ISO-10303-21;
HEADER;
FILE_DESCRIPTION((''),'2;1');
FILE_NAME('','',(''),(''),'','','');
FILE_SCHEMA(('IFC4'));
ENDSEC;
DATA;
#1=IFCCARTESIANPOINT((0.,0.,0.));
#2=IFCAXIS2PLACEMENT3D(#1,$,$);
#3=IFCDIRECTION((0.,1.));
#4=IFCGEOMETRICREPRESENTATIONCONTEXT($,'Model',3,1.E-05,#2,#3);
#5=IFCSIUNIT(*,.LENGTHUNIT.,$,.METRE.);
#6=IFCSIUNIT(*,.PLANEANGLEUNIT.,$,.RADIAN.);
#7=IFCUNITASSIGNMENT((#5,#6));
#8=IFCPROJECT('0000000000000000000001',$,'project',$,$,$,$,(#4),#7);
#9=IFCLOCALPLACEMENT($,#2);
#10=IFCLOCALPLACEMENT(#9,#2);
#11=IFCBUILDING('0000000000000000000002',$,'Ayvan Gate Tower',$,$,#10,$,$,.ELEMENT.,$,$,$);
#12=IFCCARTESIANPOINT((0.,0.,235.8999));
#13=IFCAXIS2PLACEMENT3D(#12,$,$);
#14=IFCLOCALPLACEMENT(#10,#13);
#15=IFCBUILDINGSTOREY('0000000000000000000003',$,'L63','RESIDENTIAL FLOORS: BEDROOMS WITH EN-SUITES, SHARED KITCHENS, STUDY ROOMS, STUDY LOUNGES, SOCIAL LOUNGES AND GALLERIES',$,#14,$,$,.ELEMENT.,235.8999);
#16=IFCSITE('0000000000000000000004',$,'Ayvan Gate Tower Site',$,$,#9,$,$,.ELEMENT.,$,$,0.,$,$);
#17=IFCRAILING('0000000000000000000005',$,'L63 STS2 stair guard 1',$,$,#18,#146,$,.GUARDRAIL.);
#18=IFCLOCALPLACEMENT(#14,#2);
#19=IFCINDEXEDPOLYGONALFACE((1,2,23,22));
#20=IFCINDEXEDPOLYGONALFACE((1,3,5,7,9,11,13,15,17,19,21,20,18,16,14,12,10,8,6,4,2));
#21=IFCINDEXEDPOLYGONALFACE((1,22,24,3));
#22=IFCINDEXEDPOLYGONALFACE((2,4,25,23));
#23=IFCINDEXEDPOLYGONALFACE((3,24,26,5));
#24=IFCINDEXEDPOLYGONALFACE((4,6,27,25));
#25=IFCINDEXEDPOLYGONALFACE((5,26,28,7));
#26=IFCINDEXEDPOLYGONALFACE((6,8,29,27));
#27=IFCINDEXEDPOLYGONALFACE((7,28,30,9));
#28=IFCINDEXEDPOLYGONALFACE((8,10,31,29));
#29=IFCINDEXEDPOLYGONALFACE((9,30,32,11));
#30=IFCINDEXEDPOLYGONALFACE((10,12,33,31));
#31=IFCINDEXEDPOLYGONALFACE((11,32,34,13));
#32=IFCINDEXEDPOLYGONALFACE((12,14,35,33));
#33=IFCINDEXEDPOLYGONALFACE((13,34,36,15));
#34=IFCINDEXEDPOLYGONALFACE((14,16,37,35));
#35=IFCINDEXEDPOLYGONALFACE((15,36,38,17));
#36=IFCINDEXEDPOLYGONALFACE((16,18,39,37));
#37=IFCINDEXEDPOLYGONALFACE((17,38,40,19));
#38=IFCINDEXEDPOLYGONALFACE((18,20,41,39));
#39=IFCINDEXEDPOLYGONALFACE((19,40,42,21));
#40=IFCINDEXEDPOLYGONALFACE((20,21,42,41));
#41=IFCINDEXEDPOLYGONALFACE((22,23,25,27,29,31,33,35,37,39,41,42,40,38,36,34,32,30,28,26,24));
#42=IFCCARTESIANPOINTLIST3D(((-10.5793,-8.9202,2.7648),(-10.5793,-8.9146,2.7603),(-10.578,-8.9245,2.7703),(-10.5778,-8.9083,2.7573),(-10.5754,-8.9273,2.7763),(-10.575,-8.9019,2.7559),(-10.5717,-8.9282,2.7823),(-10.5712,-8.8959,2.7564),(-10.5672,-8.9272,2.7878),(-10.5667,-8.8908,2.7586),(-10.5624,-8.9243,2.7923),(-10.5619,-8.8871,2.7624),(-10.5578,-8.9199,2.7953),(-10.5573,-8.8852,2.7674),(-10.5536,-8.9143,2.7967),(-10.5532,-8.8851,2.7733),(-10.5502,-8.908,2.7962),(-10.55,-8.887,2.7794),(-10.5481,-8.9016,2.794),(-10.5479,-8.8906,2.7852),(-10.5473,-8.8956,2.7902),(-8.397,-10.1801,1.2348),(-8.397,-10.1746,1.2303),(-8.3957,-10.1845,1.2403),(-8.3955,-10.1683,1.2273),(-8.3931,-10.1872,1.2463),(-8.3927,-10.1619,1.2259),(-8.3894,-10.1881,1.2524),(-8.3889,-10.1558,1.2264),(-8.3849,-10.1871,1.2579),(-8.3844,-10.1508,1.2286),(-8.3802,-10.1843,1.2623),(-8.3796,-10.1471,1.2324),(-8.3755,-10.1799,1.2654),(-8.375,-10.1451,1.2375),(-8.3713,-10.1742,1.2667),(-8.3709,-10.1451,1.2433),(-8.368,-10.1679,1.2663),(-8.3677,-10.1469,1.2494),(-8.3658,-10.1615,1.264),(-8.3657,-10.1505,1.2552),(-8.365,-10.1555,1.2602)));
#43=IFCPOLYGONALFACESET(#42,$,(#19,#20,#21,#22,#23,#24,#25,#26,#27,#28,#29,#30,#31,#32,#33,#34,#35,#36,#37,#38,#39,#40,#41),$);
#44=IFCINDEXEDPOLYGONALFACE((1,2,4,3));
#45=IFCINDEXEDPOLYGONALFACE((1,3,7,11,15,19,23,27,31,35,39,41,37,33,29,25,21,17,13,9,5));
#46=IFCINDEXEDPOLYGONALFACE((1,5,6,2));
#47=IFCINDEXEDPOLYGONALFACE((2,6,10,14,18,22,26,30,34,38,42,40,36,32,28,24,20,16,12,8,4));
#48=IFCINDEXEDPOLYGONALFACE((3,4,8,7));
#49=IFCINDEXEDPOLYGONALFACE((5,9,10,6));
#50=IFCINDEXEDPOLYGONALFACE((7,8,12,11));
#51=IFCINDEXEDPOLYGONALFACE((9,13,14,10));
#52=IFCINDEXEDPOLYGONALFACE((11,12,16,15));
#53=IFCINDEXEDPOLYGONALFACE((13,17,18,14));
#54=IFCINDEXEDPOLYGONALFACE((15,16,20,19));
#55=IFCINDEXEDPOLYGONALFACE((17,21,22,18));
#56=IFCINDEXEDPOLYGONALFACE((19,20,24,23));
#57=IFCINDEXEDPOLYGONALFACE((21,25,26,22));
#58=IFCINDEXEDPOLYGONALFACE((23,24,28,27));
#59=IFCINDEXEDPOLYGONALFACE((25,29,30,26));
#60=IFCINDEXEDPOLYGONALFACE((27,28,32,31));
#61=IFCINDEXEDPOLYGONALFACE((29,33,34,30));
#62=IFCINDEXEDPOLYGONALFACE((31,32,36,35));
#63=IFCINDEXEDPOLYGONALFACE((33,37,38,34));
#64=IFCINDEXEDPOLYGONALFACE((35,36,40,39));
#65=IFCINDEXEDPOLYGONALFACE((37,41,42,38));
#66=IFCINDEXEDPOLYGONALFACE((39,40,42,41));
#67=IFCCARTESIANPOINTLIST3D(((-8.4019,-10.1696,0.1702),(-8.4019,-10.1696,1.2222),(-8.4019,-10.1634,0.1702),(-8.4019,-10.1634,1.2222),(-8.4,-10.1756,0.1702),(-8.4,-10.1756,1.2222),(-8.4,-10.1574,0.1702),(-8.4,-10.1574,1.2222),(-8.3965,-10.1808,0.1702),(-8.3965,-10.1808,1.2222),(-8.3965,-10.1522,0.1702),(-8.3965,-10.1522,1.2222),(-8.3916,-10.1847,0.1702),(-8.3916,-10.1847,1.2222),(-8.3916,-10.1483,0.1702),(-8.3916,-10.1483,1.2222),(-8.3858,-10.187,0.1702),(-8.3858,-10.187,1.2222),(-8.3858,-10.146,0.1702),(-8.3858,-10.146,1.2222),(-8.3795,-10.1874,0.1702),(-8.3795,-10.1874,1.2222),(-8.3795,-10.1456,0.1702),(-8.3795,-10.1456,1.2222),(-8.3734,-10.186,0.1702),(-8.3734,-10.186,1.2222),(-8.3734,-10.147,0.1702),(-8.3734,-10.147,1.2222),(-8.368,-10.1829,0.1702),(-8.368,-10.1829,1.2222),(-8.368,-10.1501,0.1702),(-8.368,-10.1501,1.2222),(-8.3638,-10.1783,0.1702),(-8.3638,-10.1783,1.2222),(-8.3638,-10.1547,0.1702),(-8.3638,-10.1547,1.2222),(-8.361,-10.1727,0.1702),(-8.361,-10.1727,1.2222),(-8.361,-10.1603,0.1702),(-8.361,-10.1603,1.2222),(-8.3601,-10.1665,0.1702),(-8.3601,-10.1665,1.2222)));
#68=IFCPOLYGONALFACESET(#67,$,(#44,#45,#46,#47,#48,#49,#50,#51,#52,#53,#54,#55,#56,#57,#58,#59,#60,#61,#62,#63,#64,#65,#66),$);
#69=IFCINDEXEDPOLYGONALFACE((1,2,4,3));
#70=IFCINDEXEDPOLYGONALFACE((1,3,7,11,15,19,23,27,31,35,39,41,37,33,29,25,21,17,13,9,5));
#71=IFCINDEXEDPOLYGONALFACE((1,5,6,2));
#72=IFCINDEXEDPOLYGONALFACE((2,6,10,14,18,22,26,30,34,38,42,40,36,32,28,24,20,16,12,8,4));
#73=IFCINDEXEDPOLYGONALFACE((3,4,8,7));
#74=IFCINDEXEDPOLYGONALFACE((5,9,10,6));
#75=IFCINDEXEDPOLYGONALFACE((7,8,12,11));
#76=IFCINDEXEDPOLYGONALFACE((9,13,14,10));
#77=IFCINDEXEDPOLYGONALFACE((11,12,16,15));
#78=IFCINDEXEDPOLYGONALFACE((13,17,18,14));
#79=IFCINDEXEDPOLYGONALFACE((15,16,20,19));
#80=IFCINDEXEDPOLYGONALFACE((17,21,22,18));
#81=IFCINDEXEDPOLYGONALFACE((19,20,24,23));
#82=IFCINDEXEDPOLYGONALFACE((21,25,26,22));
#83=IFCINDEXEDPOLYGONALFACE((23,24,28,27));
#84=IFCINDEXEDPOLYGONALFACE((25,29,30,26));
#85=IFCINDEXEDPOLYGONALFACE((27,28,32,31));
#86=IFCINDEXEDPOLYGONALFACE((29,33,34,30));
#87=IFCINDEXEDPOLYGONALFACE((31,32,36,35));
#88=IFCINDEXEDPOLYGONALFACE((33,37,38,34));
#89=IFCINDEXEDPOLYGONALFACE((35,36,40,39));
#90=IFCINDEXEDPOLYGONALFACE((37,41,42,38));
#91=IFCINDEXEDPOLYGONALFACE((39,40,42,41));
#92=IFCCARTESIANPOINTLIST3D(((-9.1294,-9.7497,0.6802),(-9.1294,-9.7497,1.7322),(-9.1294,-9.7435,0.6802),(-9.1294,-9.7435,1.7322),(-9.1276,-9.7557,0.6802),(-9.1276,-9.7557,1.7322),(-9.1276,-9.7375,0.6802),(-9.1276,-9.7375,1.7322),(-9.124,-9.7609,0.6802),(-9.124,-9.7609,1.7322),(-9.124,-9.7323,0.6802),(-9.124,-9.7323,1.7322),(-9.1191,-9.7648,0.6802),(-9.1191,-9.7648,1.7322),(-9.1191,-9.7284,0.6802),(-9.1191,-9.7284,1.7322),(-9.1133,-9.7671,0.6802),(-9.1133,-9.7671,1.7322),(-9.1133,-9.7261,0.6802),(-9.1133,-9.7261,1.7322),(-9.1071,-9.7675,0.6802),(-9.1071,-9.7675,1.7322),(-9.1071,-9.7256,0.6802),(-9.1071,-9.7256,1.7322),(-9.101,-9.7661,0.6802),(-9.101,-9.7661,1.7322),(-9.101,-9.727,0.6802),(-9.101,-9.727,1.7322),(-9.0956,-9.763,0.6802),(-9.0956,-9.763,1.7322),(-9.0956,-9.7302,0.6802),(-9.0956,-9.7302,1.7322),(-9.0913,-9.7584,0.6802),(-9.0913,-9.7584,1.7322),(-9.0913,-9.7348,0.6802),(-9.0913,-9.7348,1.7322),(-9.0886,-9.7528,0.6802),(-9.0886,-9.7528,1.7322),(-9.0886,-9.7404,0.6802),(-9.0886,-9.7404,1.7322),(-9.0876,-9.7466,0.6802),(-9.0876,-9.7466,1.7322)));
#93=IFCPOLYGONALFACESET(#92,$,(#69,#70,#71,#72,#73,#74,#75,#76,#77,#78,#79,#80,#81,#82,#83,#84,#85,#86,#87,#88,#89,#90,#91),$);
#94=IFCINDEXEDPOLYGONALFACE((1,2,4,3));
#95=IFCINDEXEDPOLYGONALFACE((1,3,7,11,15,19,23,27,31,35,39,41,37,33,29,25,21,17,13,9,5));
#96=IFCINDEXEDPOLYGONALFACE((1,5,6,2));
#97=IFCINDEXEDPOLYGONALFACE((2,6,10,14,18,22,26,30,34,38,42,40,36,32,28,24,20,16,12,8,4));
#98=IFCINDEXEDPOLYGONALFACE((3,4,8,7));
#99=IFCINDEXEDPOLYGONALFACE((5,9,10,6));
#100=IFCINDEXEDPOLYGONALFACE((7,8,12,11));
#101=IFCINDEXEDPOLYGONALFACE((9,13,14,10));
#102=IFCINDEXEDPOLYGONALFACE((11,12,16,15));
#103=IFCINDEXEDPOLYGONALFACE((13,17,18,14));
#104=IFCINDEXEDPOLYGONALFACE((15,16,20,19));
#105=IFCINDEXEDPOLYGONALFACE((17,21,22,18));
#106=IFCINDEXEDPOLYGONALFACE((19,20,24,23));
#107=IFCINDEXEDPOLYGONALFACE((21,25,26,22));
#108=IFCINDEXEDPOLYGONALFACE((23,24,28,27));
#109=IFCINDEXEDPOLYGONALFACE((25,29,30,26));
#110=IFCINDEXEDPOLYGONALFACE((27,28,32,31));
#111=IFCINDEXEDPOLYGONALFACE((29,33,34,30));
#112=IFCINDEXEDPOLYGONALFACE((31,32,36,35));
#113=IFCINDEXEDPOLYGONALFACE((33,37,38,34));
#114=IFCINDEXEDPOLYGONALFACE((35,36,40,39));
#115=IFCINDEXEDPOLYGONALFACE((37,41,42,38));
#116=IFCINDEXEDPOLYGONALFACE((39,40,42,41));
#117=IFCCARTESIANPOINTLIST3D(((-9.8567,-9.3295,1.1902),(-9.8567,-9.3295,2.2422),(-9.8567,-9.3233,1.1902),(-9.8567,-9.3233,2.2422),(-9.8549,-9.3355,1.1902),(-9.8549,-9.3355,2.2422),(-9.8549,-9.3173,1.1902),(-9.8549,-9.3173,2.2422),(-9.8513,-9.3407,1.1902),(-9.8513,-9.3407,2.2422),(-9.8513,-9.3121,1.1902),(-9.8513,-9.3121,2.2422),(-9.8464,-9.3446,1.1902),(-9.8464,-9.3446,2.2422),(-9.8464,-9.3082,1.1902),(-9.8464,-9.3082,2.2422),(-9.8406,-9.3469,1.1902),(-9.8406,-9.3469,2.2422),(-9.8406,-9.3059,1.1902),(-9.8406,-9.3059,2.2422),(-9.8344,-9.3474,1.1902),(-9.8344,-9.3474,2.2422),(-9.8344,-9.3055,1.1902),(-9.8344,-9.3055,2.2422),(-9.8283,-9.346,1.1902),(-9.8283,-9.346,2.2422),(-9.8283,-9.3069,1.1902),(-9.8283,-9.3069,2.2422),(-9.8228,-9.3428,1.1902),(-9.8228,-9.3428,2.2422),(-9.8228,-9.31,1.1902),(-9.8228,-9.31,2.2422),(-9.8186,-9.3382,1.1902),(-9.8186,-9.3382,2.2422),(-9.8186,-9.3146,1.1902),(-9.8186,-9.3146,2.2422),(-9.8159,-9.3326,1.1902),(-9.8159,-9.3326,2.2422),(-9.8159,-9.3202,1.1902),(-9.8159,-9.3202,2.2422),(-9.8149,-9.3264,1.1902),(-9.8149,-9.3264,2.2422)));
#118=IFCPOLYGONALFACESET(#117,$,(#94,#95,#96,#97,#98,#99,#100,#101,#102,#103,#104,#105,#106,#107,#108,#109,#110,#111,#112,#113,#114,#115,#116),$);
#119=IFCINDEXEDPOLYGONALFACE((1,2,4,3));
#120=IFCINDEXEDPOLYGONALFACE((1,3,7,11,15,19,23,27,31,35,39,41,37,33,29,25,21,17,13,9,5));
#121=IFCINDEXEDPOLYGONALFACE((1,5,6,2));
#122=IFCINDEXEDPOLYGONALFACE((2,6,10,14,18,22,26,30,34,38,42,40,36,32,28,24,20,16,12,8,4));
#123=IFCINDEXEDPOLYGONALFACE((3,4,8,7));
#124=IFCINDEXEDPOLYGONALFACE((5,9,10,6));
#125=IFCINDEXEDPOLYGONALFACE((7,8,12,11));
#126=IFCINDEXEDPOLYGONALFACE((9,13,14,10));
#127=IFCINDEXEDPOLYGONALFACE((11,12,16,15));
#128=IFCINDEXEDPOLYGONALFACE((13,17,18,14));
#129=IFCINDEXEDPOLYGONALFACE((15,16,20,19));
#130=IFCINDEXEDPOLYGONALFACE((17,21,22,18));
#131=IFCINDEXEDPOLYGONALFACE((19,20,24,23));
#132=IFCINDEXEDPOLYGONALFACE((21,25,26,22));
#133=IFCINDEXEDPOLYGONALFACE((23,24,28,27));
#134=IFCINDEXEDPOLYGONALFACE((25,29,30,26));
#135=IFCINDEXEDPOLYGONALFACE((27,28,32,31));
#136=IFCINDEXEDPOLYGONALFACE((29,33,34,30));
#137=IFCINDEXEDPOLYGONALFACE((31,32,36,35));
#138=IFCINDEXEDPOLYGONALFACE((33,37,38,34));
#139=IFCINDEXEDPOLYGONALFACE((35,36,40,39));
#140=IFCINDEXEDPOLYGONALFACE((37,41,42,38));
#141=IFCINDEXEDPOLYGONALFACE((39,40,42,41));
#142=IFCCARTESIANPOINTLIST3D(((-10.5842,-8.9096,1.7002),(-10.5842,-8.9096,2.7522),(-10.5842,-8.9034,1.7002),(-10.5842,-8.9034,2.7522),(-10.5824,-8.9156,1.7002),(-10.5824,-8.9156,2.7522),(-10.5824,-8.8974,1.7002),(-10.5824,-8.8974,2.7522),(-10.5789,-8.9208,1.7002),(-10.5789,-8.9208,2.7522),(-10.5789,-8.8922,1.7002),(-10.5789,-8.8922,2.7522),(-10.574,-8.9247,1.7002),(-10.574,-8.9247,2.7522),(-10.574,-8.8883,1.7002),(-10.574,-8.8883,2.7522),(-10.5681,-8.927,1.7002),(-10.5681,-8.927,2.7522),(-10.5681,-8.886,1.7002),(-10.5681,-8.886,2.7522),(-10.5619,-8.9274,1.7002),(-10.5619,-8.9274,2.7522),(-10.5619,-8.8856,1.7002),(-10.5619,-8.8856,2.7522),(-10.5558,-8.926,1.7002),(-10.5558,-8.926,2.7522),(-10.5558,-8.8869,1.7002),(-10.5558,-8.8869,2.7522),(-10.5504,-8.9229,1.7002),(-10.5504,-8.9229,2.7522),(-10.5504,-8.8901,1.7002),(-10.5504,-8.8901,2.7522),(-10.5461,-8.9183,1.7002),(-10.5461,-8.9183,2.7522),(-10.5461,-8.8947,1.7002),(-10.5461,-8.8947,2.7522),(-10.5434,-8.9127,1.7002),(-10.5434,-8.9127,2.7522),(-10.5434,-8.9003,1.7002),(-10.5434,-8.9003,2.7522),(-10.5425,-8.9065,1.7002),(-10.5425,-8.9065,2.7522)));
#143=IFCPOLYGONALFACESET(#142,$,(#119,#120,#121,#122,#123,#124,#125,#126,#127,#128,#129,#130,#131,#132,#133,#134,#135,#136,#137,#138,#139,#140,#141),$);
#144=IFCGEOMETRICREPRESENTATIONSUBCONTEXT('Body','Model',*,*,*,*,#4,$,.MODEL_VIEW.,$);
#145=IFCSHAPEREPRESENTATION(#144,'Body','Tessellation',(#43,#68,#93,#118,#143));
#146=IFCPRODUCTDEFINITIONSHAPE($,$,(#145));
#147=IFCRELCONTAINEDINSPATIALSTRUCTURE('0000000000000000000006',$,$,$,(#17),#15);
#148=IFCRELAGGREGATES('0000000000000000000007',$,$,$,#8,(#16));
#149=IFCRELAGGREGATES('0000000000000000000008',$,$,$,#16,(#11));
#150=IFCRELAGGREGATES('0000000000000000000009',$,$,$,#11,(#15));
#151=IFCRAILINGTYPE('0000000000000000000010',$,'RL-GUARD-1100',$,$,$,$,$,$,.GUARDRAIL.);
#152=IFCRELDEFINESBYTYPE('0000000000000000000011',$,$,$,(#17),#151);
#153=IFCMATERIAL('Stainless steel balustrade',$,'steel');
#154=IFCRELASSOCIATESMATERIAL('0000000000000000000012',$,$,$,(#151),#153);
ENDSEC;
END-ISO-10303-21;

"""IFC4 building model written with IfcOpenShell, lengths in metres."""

from ifc_helpers import new_model, si_unit, direction, frame, origin, origin_2d, place, context, subcontext, project, spatial, circle, extrude, material, type_object, element, save


model = new_model("IFC4")

# Units and contexts
model_context = context("Model", 3, precision=1e-05, world=origin(), true_north=direction((0.0, 1.0)))
body_context = subcontext(model_context, "Body", "Model", "MODEL_VIEW")
ifc_project = project(units=[si_unit("LENGTHUNIT", "METRE"), si_unit("PLANEANGLEUNIT", "RADIAN")], contexts=[model_context])

# Site, building, storey
site_placement = place(None, origin())
site = spatial("IfcSite", under=ifc_project, at=site_placement, Name="Ayvan Gate Tower Site", CompositionType="ELEMENT", RefElevation=0.0)
building_placement = place(site_placement, origin())
building = spatial("IfcBuilding", under=site, at=building_placement, Name="Ayvan Gate Tower", CompositionType="ELEMENT")
storey_placement = place(building_placement, frame((0.0, 0.0, 235.8999)))
storey = spatial("IfcBuildingStorey", under=building, at=storey_placement, Name="L63", Description="RESIDENTIAL FLOORS: BEDROOMS WITH EN-SUITES, SHARED KITCHENS, STUDY ROOMS, STUDY LOUNGES, SOCIAL LOUNGES AND GALLERIES", CompositionType="ELEMENT", Elevation=235.8999)

# Railing
ifc_material_1 = material(Name="Stainless steel balustrade", Category="steel")
railing_type_1 = type_object("IfcRailingType", Name="RL-GUARD-1100", PredefinedType="GUARDRAIL", material=ifc_material_1)
railing_1_placement = place(storey_placement, frame((-8.3811, -10.1665, 0.1702)))
element("IfcRailing", 1, at=railing_1_placement, inside=storey, type_object=railing_type_1, Name="L63 STS2 stair guard 1", PredefinedType="GUARDRAIL", context=body_context, shape_type="SweptSolid", body=[
    extrude(circle(Radius=0.0239, at=origin_2d()), frame((0.0, 0.0, 1.0762), z_axis=(-0.740261, 0.427395, 0.518986), x_axis=(-0.500005, -0.866023, 0.0)), (0.0, 0.0, 1.0), 2.948),
    extrude(circle(Radius=0.021, at=origin_2d()), origin(), (0.0, 0.0, 1.0), 1.052),
    extrude(circle(Radius=0.021, at=origin_2d()), frame((-0.7275, 0.4199, 0.51)), (0.0, 0.0, 1.0), 1.052),
    extrude(circle(Radius=0.021, at=origin_2d()), frame((-1.4548, 0.8401, 1.02)), (0.0, 0.0, 1.0), 1.052),
    extrude(circle(Radius=0.021, at=origin_2d()), frame((-2.1824, 1.26, 1.53)), (0.0, 0.0, 1.0), 1.052),
])

save(model, "model.ifc")
